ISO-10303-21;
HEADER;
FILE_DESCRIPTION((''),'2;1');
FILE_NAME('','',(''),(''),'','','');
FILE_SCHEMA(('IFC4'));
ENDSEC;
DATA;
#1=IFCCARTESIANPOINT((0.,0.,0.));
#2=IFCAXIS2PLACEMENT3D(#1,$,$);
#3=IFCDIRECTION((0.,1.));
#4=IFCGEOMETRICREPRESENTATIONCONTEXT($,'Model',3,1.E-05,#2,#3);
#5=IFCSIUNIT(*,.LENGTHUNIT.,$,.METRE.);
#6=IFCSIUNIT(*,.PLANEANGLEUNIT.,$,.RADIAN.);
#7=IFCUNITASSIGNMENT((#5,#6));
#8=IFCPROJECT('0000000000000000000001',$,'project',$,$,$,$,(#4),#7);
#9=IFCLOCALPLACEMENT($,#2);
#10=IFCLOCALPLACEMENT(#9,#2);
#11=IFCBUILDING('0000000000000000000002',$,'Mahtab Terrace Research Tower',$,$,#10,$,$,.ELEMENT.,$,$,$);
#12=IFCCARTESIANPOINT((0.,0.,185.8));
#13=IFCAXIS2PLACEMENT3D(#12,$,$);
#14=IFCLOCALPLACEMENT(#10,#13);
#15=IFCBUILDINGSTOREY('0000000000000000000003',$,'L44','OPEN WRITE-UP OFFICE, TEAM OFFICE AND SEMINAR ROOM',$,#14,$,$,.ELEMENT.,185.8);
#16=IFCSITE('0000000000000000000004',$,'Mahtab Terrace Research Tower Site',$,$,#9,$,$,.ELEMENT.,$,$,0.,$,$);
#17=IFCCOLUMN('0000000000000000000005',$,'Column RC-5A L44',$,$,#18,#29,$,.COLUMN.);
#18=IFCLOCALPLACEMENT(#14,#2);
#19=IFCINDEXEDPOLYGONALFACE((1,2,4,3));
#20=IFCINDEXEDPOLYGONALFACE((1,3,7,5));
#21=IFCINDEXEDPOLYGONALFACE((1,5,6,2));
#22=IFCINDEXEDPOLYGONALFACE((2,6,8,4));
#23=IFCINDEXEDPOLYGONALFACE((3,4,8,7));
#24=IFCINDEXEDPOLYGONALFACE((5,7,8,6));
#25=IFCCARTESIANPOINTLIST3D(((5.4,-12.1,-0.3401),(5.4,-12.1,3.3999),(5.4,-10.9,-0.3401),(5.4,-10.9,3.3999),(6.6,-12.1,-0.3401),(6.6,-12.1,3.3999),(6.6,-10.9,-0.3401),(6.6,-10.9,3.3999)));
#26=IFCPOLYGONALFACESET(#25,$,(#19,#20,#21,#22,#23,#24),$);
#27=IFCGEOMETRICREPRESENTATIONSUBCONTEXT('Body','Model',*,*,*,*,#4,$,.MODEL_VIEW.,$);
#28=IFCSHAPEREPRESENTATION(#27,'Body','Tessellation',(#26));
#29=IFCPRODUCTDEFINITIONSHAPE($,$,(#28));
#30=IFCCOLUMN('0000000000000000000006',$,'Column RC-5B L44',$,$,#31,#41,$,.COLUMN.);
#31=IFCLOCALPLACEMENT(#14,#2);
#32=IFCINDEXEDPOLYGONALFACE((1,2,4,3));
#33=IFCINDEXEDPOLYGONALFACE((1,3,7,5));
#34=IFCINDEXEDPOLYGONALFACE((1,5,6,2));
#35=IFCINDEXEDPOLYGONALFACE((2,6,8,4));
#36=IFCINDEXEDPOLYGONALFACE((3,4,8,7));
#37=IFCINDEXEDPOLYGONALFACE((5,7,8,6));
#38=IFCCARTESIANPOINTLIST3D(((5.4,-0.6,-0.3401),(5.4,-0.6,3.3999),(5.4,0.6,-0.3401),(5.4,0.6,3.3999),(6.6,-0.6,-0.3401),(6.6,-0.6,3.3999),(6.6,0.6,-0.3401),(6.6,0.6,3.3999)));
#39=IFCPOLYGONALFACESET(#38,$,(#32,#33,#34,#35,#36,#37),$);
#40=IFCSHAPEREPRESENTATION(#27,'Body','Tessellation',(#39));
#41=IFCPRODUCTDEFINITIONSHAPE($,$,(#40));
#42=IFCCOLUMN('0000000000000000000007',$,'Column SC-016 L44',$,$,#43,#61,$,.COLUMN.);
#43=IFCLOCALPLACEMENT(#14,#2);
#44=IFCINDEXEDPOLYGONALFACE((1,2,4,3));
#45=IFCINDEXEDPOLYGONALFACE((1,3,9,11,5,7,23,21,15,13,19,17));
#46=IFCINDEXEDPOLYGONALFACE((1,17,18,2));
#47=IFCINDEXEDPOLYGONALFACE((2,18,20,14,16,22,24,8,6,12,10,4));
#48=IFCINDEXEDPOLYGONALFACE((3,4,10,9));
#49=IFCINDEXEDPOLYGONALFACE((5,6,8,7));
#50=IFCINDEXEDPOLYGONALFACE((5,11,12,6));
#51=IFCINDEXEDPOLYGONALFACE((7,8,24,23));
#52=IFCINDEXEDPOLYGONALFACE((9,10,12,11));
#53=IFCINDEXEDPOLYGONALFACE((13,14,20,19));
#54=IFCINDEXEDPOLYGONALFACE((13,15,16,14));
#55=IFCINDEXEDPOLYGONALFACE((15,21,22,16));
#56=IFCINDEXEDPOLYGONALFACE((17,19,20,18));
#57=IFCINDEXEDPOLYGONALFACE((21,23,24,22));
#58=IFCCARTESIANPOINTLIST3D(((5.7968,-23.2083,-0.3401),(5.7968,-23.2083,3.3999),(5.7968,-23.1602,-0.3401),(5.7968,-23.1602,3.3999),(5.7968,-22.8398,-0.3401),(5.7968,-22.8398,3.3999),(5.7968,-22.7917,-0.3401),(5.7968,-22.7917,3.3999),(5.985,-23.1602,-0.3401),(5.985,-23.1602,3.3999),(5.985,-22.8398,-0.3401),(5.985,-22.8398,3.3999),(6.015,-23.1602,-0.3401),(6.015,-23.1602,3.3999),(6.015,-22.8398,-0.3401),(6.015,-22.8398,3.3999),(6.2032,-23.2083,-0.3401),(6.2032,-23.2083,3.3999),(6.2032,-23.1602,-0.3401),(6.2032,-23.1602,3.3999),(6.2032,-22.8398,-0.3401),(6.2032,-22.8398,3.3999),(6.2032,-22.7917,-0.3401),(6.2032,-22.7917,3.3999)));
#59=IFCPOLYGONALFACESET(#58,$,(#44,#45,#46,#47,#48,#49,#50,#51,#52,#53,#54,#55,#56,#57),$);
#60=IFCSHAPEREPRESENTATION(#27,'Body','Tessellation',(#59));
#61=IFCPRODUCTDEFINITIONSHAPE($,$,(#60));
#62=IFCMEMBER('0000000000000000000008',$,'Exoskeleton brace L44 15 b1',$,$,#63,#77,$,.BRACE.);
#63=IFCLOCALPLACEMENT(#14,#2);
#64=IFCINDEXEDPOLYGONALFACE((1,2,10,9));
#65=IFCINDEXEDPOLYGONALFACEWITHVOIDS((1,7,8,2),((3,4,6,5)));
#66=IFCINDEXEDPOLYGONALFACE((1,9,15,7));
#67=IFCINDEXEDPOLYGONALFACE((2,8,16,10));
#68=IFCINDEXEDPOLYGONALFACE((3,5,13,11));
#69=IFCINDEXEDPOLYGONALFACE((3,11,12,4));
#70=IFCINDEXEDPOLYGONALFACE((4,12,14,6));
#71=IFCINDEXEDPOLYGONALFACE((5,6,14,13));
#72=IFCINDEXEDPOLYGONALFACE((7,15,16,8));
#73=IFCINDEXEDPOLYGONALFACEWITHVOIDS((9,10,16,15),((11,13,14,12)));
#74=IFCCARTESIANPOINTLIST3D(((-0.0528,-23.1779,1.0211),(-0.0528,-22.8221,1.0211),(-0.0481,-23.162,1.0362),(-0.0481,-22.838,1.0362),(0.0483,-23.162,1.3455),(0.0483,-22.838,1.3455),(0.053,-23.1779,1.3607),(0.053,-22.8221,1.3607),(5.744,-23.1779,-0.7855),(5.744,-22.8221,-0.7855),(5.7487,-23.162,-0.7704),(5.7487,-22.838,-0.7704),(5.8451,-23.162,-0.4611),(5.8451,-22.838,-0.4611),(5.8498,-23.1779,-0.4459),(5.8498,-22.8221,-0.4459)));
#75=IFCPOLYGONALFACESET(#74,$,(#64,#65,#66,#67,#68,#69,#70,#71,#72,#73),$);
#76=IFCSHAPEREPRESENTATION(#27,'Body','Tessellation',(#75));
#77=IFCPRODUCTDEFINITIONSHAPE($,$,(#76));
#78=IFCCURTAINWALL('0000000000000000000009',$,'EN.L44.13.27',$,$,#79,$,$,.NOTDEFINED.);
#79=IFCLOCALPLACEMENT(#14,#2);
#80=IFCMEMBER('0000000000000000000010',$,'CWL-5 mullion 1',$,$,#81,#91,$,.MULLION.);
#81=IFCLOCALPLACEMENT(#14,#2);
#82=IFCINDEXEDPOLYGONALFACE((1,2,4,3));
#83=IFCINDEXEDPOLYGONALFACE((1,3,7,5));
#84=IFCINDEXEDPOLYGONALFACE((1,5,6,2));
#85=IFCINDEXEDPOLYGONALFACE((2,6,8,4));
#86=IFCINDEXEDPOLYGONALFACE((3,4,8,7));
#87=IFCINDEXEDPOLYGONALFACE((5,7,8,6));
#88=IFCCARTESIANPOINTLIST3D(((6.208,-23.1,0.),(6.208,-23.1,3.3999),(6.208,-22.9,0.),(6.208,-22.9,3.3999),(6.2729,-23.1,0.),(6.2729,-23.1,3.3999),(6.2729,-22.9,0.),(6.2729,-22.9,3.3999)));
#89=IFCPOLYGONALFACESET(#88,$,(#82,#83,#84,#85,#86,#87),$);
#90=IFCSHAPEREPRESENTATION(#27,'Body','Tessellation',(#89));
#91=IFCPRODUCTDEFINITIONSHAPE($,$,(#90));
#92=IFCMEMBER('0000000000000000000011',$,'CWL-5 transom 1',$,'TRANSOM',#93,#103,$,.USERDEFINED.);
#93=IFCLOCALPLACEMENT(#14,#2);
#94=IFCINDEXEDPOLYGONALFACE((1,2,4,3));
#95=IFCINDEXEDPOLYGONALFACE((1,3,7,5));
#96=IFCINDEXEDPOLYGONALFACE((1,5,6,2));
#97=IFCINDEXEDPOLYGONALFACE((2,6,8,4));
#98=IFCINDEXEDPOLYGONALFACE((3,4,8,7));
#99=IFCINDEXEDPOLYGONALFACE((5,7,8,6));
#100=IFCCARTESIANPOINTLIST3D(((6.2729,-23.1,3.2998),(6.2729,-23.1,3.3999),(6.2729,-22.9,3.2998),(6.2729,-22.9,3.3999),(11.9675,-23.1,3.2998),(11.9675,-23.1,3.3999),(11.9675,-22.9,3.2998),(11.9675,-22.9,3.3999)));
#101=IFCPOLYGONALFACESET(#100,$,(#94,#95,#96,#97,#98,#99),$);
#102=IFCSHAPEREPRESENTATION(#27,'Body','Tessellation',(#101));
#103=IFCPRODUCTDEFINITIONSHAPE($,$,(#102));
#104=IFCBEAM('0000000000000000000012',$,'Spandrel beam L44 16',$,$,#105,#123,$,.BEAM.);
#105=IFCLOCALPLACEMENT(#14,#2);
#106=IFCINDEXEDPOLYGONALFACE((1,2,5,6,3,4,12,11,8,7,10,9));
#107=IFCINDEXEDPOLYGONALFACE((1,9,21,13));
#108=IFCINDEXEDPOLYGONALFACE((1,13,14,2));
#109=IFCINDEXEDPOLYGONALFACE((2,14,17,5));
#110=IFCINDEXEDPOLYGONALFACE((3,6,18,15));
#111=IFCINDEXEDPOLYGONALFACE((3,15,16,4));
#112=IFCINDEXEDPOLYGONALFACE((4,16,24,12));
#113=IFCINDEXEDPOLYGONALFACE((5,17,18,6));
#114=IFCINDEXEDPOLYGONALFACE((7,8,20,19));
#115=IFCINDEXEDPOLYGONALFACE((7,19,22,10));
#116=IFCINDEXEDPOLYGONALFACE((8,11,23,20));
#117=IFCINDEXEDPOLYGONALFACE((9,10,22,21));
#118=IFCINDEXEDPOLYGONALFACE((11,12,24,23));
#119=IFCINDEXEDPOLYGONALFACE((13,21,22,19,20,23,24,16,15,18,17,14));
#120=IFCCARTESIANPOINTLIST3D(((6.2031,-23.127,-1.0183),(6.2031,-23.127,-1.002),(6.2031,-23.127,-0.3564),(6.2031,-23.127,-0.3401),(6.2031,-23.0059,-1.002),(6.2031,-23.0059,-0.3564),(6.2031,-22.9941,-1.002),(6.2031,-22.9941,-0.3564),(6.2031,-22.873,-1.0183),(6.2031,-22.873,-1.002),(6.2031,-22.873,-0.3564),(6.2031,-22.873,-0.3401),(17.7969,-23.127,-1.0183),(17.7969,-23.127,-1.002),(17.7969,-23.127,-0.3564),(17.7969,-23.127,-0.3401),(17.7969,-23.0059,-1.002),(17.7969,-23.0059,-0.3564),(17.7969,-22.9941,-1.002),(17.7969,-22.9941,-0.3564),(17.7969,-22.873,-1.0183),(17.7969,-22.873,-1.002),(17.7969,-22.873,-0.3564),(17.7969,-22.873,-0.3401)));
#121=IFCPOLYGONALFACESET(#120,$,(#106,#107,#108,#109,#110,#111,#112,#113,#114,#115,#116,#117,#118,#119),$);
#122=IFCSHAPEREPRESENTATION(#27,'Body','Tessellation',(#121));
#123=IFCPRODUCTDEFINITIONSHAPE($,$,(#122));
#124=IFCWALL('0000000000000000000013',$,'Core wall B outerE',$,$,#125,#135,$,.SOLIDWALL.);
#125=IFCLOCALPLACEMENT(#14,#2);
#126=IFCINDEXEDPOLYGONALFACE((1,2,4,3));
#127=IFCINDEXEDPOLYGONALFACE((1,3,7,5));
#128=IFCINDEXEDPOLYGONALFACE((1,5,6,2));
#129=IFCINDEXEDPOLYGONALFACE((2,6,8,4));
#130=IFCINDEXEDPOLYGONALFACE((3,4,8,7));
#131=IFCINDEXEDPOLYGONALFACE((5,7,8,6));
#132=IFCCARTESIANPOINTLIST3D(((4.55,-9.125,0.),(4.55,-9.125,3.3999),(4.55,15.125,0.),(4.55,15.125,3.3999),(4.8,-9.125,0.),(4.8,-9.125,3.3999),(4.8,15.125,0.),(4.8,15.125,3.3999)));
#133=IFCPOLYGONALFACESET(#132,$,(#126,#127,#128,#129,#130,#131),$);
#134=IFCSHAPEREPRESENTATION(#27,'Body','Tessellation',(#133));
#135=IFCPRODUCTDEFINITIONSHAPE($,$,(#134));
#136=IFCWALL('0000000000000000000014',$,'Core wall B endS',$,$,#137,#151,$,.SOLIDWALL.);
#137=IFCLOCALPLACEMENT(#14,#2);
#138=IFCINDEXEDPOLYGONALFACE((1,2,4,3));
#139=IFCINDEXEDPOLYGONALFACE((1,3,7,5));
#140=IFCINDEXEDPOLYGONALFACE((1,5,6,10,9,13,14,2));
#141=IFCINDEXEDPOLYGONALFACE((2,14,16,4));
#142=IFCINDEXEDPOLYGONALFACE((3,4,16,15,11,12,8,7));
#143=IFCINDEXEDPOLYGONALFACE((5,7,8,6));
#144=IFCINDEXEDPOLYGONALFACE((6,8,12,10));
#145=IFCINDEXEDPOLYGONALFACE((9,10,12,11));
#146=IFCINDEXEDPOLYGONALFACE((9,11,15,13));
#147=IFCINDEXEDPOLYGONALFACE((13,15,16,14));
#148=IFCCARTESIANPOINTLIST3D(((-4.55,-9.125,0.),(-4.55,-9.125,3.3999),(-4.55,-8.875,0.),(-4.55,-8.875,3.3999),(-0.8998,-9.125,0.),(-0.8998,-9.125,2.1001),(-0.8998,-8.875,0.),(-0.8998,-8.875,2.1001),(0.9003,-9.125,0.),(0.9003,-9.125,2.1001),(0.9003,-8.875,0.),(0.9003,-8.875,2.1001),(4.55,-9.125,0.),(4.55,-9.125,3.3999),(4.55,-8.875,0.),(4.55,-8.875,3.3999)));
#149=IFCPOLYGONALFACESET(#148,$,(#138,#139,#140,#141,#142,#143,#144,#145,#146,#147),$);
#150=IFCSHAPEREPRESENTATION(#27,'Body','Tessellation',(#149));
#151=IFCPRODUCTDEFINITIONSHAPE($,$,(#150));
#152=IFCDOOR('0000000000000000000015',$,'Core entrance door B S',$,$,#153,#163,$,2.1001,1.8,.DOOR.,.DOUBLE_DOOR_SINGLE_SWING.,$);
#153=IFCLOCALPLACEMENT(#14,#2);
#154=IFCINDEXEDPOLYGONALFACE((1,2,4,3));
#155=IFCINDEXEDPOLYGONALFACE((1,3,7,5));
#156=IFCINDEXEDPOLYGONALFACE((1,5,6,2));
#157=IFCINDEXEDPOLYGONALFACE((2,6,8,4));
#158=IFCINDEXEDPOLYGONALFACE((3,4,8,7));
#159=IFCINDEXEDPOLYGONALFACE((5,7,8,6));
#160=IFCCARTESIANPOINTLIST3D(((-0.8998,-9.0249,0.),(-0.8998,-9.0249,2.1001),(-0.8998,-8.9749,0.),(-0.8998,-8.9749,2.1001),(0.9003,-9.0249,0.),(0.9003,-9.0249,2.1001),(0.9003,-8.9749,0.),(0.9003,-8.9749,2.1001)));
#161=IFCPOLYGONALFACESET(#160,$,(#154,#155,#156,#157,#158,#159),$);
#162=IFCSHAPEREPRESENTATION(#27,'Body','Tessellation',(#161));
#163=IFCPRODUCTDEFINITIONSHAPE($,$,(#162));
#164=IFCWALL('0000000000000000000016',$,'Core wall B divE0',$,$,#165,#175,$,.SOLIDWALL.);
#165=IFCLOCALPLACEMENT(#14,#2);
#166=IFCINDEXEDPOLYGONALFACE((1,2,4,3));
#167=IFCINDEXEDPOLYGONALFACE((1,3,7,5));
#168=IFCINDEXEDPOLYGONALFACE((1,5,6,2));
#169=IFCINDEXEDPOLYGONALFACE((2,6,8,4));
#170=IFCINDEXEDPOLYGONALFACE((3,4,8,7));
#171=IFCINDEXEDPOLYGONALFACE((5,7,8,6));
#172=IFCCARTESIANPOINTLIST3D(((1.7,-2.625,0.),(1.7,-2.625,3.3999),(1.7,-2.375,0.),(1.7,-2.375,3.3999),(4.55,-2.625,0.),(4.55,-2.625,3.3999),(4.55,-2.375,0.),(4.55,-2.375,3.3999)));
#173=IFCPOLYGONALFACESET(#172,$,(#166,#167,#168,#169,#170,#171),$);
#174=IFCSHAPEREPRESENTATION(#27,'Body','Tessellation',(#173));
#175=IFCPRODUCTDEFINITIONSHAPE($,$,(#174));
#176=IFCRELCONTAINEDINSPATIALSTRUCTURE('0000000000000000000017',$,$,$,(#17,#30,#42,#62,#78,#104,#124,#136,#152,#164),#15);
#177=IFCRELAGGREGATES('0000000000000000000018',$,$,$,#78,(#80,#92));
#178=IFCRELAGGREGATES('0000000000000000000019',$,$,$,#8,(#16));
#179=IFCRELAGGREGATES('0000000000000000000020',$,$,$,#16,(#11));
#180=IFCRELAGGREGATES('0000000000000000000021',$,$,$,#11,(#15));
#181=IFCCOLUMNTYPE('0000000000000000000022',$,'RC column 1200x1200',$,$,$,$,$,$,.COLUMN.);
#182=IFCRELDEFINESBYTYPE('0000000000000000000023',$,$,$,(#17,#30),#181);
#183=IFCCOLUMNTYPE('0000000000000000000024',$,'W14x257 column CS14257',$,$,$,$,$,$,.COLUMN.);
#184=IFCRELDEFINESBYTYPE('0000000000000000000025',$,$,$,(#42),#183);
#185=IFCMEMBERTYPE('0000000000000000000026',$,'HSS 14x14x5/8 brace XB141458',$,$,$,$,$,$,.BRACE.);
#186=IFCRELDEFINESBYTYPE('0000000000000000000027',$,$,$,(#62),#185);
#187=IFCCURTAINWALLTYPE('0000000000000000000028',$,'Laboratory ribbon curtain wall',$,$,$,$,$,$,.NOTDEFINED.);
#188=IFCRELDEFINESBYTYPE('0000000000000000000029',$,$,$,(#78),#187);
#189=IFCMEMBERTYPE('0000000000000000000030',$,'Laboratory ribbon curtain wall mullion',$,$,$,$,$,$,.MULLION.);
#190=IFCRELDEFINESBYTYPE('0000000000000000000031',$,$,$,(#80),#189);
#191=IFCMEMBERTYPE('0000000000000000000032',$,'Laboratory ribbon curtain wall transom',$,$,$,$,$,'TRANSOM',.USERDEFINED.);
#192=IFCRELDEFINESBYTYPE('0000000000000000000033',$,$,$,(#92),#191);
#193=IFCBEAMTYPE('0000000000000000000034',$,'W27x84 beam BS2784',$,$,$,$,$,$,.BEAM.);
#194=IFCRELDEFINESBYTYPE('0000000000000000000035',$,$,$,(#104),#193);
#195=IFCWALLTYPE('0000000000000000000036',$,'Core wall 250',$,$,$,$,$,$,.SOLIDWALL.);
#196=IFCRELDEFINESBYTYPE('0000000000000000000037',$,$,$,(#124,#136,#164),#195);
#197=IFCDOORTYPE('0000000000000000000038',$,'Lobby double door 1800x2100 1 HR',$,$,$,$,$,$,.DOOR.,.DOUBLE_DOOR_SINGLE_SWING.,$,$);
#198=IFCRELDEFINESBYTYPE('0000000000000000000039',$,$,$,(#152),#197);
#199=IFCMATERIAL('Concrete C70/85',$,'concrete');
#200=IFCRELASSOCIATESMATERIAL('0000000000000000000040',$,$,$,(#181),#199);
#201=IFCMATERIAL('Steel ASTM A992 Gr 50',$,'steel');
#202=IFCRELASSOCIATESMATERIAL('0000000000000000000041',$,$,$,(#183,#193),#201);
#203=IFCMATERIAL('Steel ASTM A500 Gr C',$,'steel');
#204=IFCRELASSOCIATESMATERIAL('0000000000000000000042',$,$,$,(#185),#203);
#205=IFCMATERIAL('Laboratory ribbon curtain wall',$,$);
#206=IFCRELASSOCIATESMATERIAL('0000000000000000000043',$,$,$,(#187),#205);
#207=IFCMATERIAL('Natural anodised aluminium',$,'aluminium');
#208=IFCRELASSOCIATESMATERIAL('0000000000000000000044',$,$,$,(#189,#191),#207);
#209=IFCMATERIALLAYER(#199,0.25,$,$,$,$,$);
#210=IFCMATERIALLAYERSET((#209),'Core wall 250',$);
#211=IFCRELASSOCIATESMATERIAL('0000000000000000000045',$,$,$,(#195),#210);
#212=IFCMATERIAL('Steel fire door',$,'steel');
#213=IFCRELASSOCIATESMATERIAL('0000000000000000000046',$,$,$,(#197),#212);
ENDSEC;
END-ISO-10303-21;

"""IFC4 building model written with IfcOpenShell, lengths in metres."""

from ifc_helpers import new_model, si_unit, direction, frame, frame_2d, origin, origin_2d, place, context, subcontext, project, spatial, rectangle, hollow_rectangle, i_section, extrude, material, layer, layer_set, material_profile, profile_set, type_object, element, fill, aggregate, save


model = new_model("IFC4")

# Units and contexts
model_context = context("Model", 3, precision=1e-05, world=origin(), true_north=direction((0.0, 1.0)))
body_context = subcontext(model_context, "Body", "Model", "MODEL_VIEW")
ifc_project = project(units=[si_unit("LENGTHUNIT", "METRE"), si_unit("PLANEANGLEUNIT", "RADIAN")], contexts=[model_context])

# Site, building, storey
site_placement = place(None, origin())
site = spatial("IfcSite", under=ifc_project, at=site_placement, Name="Mahtab Terrace Research Tower Site", CompositionType="ELEMENT", RefElevation=0.0)
building_placement = place(site_placement, origin())
building = spatial("IfcBuilding", under=site, at=building_placement, Name="Mahtab Terrace Research Tower", CompositionType="ELEMENT")
storey_placement = place(building_placement, frame((0.0, 0.0, 185.8)))
storey = spatial("IfcBuildingStorey", under=building, at=storey_placement, Name="L44", Description="OPEN WRITE-UP OFFICE, TEAM OFFICE AND SEMINAR ROOM", CompositionType="ELEMENT", Elevation=185.8)

# Columns
ifc_material_1 = material(Name="Concrete C70/85", Category="concrete")
ifc_material_profile_1 = material_profile(ifc_material_1, rectangle(XDim=1.2, YDim=1.2, at=origin_2d()), Name="RC column 1200x1200")
ifc_profile_set_1 = profile_set([ifc_material_profile_1], Name="Concrete C70/85")
column_type_1 = type_object("IfcColumnType", Name="RC column 1200x1200", PredefinedType="COLUMN", material=ifc_profile_set_1)
for number, where, z_axis, x_axis, name in (
    (1, (6.0, -11.5, -0.3401), (0.0, 0.0, 1.0), (1.0, 0.0, 0.0), "Column RC-5A L44"),
    (2, (6.0, 0.0, -0.3401), (0.0, 0.0, 1.0), (1.0, 0.0, 0.0), "Column RC-5B L44"),
):
    element("IfcColumn", number, at=place(storey_placement, frame(where, z_axis=z_axis, x_axis=x_axis)), inside=storey, type_object=column_type_1, Name=name, PredefinedType="COLUMN", context=body_context, shape_type="SweptSolid", body=[
        extrude(rectangle(XDim=1.2, YDim=1.2, at=origin_2d()), origin(), (0.0, 0.0, 1.0), 3.74),
    ])
ifc_material_2 = material(Name="Steel ASTM A992 Gr 50", Category="steel")
ifc_material_profile_2 = material_profile(ifc_material_2, i_section(OverallWidth=0.4065, OverallDepth=0.4165, WebThickness=0.03, FlangeThickness=0.0481, at=origin_2d()), Name="W14X257")
ifc_profile_set_2 = profile_set([ifc_material_profile_2], Name="Steel ASTM A992 Gr 50")
column_type_2 = type_object("IfcColumnType", Name="W14x257 column CS14257", PredefinedType="COLUMN", material=ifc_profile_set_2)
column_placement = place(storey_placement, frame((6.0, -23.0, -0.3401), z_axis=(0.0, 0.0, 1.0), x_axis=(1.0, 0.0, 0.0)))
element("IfcColumn", 3, at=column_placement, inside=storey, type_object=column_type_2, Name="Column SC-016 L44", PredefinedType="COLUMN", context=body_context, shape_type="SweptSolid", body=[
    extrude(i_section(OverallWidth=0.4065, OverallDepth=0.4165, WebThickness=0.03, FlangeThickness=0.0481, at=origin_2d()), origin(), (0.0, 0.0, 1.0), 3.74),
])

# Member
ifc_material_3 = material(Name="Steel ASTM A500 Gr C", Category="steel")
ifc_material_profile_3 = material_profile(ifc_material_3, hollow_rectangle(XDim=0.3557, YDim=0.3557, WallThickness=0.0159, at=origin_2d()), Name="HSS14X14X5/8")
ifc_profile_set_3 = profile_set([ifc_material_profile_3], Name="Steel ASTM A500 Gr C")
member_type_1 = type_object("IfcMemberType", Name="HSS 14x14x5/8 brace XB141458", PredefinedType="BRACE", material=ifc_profile_set_3)
member_1_placement = place(storey_placement, frame((5.7969, -23.0, -0.6157), z_axis=(-0.954709, 0.0, 0.297542), x_axis=(0.0, -1.0, 0.0)))
element("IfcMember", 4, at=member_1_placement, inside=storey, type_object=member_type_1, Name="Exoskeleton brace L44 15 b1", PredefinedType="BRACE", context=body_context, shape_type="SweptSolid", body=[
    extrude(hollow_rectangle(XDim=0.3557, YDim=0.3557, WallThickness=0.0159, at=origin_2d()), origin(), (0.0, 0.0, 1.0), 6.0718),
])

# Curtain wall, members
ifc_material_4 = material(Name="Laboratory ribbon curtain wall")
curtain_wall_type = type_object("IfcCurtainWallType", Name="Laboratory ribbon curtain wall", PredefinedType="NOTDEFINED", material=ifc_material_4)
curtain_wall_placement = place(storey_placement, origin())
curtain_wall = element("IfcCurtainWall", 5, at=curtain_wall_placement, inside=storey, type_object=curtain_wall_type, Name="EN.L44.13.27", PredefinedType="NOTDEFINED")
ifc_material_5 = material(Name="Natural anodised aluminium", Category="aluminium")
ifc_material_profile_4 = material_profile(ifc_material_5, rectangle(XDim=0.2, YDim=0.0649, at=origin_2d()), Name="MULLION 65x200")
ifc_profile_set_4 = profile_set([ifc_material_profile_4], Name="Natural anodised aluminium")
member_type_2 = type_object("IfcMemberType", Name="Laboratory ribbon curtain wall mullion", PredefinedType="MULLION", material=ifc_profile_set_4)
member_2_placement = place(storey_placement, frame((6.2405, -23.0, 0.0), z_axis=(0.0, 0.0, 1.0), x_axis=(0.0, 1.0, 0.0)))
member_2 = element("IfcMember", 6, at=member_2_placement, type_object=member_type_2, Name="CWL-5 mullion 1", PredefinedType="MULLION", context=body_context, shape_type="SweptSolid", body=[
    extrude(rectangle(XDim=0.2, YDim=0.0649, at=origin_2d()), origin(), (0.0, 0.0, 1.0), 3.3999),
])
ifc_material_profile_5 = material_profile(ifc_material_5, rectangle(XDim=0.2, YDim=0.1001, at=origin_2d()), Name="TRANSOM 100x200")
ifc_profile_set_5 = profile_set([ifc_material_profile_5], Name="Natural anodised aluminium")
member_type_3 = type_object("IfcMemberType", Name="Laboratory ribbon curtain wall transom", ElementType="TRANSOM", PredefinedType="USERDEFINED", material=ifc_profile_set_5)
member_3_placement = place(storey_placement, frame((6.2729, -23.0, 3.3499), z_axis=(1.0, 0.0, 0.0), x_axis=(0.0, 1.0, 0.0)))
member_3 = element("IfcMember", 7, at=member_3_placement, type_object=member_type_3, Name="CWL-5 transom 1", ObjectType="TRANSOM", PredefinedType="USERDEFINED", context=body_context, shape_type="SweptSolid", body=[
    extrude(rectangle(XDim=0.2, YDim=0.1001, at=origin_2d()), origin(), (0.0, 0.0, 1.0), 5.6946),
])
aggregate(curtain_wall, [member_2, member_3])

# Beam
ifc_material_profile_6 = material_profile(ifc_material_2, i_section(OverallWidth=0.2539, OverallDepth=0.6782, WebThickness=0.0117, FlangeThickness=0.0164, at=origin_2d()), Name="W27X84")
ifc_profile_set_6 = profile_set([ifc_material_profile_6], Name="Steel ASTM A992 Gr 50")
beam_type = type_object("IfcBeamType", Name="W27x84 beam BS2784", PredefinedType="BEAM", material=ifc_profile_set_6)
beam_placement = place(storey_placement, frame((6.2031, -23.0, -0.6792), z_axis=(1.0, 0.0, 0.0), x_axis=(0.0, 1.0, 0.0)))
element("IfcBeam", 8, at=beam_placement, inside=storey, type_object=beam_type, Name="Spandrel beam L44 16", PredefinedType="BEAM", context=body_context, shape_type="SweptSolid", body=[
    extrude(i_section(OverallWidth=0.2539, OverallDepth=0.6782, WebThickness=0.0117, FlangeThickness=0.0164, at=origin_2d()), origin(), (0.0, 0.0, 1.0), 11.5938),
])

# Wall
ifc_layer_1 = layer(ifc_material_1, 0.25)
ifc_layer_set_1 = layer_set([ifc_layer_1], Name="Core wall 250")
wall_type_1 = type_object("IfcWallType", Name="Core wall 250", PredefinedType="SOLIDWALL", material=ifc_layer_set_1)
wall_1_placement = place(storey_placement, frame((4.675, -9.125, 0.0), z_axis=(0.0, 0.0, 1.0), x_axis=(0.0, 1.0, 0.0)))
element("IfcWall", 9, at=wall_1_placement, inside=storey, type_object=wall_type_1, Name="Core wall B outerE", PredefinedType="SOLIDWALL", context=body_context, shape_type="SweptSolid", body=[
    extrude(rectangle(XDim=24.25, YDim=0.25, at=frame_2d((12.125, 0.0))), origin(), (0.0, 0.0, 1.0), 3.3999),
])

# Wall, opening, door
wall_2_placement = place(storey_placement, frame((4.55, -9.0, 0.0), z_axis=(0.0, 0.0, 1.0), x_axis=(-1.0, 0.0, 0.0)))
wall_2 = element("IfcWall", 10, at=wall_2_placement, inside=storey, type_object=wall_type_1, Name="Core wall B endS", PredefinedType="SOLIDWALL", context=body_context, shape_type="SweptSolid", body=[
    extrude(rectangle(XDim=9.1001, YDim=0.25, at=frame_2d((4.55, 0.0))), origin(), (0.0, 0.0, 1.0), 3.3999),
])
opening_1_placement = place(wall_2_placement, frame((3.6499, 0.0, 0.0)))
opening_1 = element("IfcOpeningElement", 11, at=opening_1_placement, cuts=wall_2, PredefinedType="OPENING", context=body_context, shape_type="SweptSolid", body=[
    extrude(rectangle(XDim=1.8, YDim=2.1001, at=frame_2d((0.8999, 1.05))), frame((0.0, 0.135, 0.0), z_axis=(0.0, -1.0, 0.0), x_axis=(1.0, 0.0, 0.0)), (0.0, 0.0, 1.0), 0.27),
])
ifc_material_6 = material(Name="Steel fire door", Category="steel")
door_type_1 = type_object("IfcDoorType", Name="Lobby double door 1800x2100 1 HR", OperationType="DOUBLE_DOOR_SINGLE_SWING", PredefinedType="DOOR", material=ifc_material_6)
door_1_placement = place(opening_1_placement, origin())
door_1 = element("IfcDoor", 12, at=door_1_placement, inside=storey, type_object=door_type_1, Name="Core entrance door B S", OperationType="DOUBLE_DOOR_SINGLE_SWING", OverallHeight=2.1001, OverallWidth=1.8, PredefinedType="DOOR", context=body_context, shape_type="SweptSolid", body=[
    extrude(rectangle(XDim=1.8, YDim=2.1001, at=frame_2d((0.8999, 1.05))), frame((0.0, 0.0249, 0.0), z_axis=(0.0, -1.0, 0.0), x_axis=(1.0, 0.0, 0.0)), (0.0, 0.0, 1.0), 0.05),
])
fill(opening_1, door_1)

# Wall
wall_3_placement = place(storey_placement, frame((1.7, -2.5, 0.0), z_axis=(0.0, 0.0, 1.0), x_axis=(1.0, 0.0, 0.0)))
element("IfcWall", 13, at=wall_3_placement, inside=storey, type_object=wall_type_1, Name="Core wall B divE0", PredefinedType="SOLIDWALL", context=body_context, shape_type="SweptSolid", body=[
    extrude(rectangle(XDim=2.8501, YDim=0.25, at=frame_2d((1.425, 0.0))), origin(), (0.0, 0.0, 1.0), 3.3999),
])

save(model, "model.ifc")
